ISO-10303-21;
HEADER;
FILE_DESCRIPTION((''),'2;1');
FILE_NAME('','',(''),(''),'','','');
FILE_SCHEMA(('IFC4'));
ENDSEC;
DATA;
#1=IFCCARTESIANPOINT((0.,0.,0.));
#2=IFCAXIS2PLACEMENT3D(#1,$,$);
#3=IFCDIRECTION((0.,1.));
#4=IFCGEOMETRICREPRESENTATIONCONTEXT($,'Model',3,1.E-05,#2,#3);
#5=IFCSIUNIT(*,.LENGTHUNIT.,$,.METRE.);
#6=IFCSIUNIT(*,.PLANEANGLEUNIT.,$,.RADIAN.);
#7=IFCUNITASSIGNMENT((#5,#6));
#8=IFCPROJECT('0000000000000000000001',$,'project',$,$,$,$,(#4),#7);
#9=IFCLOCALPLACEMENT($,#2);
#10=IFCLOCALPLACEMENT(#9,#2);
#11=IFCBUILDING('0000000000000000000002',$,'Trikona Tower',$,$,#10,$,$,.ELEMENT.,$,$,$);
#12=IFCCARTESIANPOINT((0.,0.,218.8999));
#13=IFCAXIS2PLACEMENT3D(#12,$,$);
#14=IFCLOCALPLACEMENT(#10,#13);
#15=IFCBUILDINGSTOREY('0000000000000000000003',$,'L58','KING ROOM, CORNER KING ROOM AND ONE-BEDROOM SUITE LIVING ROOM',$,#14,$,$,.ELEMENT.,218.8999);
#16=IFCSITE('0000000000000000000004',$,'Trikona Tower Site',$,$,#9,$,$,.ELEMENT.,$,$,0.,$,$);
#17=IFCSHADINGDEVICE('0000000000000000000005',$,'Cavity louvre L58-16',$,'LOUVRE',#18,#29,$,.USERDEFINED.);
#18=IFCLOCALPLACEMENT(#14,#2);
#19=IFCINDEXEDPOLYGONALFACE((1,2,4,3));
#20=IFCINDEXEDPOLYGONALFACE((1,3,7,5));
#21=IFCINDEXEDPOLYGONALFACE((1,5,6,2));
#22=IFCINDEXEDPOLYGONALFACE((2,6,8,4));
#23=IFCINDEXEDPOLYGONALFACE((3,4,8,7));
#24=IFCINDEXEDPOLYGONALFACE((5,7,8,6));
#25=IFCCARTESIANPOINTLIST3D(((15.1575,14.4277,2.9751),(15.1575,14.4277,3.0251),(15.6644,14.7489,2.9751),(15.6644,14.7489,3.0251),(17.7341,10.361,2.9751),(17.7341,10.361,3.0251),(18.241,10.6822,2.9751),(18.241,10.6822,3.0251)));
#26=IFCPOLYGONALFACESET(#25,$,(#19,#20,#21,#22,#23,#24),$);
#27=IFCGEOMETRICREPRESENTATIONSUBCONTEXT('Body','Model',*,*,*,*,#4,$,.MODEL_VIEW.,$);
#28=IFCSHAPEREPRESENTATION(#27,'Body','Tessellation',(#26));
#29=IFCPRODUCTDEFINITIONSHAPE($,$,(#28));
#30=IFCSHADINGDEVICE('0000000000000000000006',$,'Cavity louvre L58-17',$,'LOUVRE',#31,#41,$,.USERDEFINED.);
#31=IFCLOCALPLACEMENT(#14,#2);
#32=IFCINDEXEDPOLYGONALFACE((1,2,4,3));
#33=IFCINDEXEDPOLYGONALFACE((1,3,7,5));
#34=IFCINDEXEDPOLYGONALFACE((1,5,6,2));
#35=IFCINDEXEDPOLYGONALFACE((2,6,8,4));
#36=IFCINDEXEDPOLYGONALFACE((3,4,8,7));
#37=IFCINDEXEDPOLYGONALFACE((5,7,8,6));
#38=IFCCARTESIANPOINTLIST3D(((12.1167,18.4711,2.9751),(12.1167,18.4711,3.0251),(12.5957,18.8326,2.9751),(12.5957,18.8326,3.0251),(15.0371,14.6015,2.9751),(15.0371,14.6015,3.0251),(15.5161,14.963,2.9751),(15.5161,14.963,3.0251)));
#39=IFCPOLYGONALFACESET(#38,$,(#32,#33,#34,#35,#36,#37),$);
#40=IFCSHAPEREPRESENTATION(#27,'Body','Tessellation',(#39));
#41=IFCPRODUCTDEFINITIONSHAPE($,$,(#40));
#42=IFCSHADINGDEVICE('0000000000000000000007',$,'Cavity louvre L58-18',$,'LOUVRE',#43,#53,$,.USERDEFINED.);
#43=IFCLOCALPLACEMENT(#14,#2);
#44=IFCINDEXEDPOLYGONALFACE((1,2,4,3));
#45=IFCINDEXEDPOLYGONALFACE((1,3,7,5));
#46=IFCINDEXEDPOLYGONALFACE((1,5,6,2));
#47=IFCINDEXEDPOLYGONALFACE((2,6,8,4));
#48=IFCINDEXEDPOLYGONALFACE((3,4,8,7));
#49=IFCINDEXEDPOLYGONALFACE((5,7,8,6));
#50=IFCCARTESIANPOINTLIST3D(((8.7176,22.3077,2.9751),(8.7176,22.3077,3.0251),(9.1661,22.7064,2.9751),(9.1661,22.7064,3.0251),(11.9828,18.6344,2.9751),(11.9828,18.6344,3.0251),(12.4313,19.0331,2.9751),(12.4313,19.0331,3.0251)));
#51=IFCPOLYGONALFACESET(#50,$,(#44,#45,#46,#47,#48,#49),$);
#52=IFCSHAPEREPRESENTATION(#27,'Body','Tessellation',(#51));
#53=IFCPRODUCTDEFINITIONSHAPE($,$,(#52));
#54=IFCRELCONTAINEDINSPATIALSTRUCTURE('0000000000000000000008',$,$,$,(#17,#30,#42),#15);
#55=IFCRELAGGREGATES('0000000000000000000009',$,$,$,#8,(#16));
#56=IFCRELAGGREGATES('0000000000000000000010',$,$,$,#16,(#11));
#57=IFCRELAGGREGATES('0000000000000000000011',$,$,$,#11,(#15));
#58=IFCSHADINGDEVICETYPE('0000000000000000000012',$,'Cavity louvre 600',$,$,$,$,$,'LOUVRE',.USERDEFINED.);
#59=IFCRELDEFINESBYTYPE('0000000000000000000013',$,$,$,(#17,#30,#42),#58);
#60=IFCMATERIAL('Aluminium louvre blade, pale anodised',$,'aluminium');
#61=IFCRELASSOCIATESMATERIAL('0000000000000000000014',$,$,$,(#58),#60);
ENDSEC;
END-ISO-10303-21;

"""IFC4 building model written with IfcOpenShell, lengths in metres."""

from ifc_helpers import new_model, si_unit, direction, frame, origin, origin_2d, place, context, subcontext, project, spatial, rectangle, extrude, material, type_object, element, save


model = new_model("IFC4")

# Units and contexts
model_context = context("Model", 3, precision=1e-05, world=origin(), true_north=direction((0.0, 1.0)))
body_context = subcontext(model_context, "Body", "Model", "MODEL_VIEW")
ifc_project = project(units=[si_unit("LENGTHUNIT", "METRE"), si_unit("PLANEANGLEUNIT", "RADIAN")], contexts=[model_context])

# Site, building, storey
site_placement = place(None, origin())
site = spatial("IfcSite", under=ifc_project, at=site_placement, Name="Trikona Tower Site", CompositionType="ELEMENT", RefElevation=0.0)
building_placement = place(site_placement, origin())
building = spatial("IfcBuilding", under=site, at=building_placement, Name="Trikona Tower", CompositionType="ELEMENT")
storey_placement = place(building_placement, frame((0.0, 0.0, 218.8999)))
storey = spatial("IfcBuildingStorey", under=building, at=storey_placement, Name="L58", Description="KING ROOM, CORNER KING ROOM AND ONE-BEDROOM SUITE LIVING ROOM", CompositionType="ELEMENT", Elevation=218.8999)

# Shading devices
ifc_material_1 = material(Name="Aluminium louvre blade, pale anodised", Category="aluminium")
shading_device_type = type_object("IfcShadingDeviceType", Name="Cavity louvre 600", ElementType="LOUVRE", PredefinedType="USERDEFINED", material=ifc_material_1)
shading_device_1_placement = place(storey_placement, frame((16.6992, 12.5549, 2.9751), z_axis=(0.0, 0.0, 1.0), x_axis=(-0.535205, 0.844722, 0.0)))
element("IfcShadingDevice", 1, at=shading_device_1_placement, inside=storey, type_object=shading_device_type, Name="Cavity louvre L58-16", ObjectType="LOUVRE", PredefinedType="USERDEFINED", context=body_context, shape_type="SweptSolid", body=[
    extrude(rectangle(XDim=4.8142, YDim=0.6001, at=origin_2d()), origin(), (0.0, 0.0, 1.0), 0.05),
])
shading_device_2_placement = place(storey_placement, frame((13.8164, 16.717, 2.9751), z_axis=(0.0, 0.0, 1.0), x_axis=(-0.602402, 0.798193, 0.0)))
element("IfcShadingDevice", 2, at=shading_device_2_placement, inside=storey, type_object=shading_device_type, Name="Cavity louvre L58-17", ObjectType="LOUVRE", PredefinedType="USERDEFINED", context=body_context, shape_type="SweptSolid", body=[
    extrude(rectangle(XDim=4.8479, YDim=0.6001, at=origin_2d()), origin(), (0.0, 0.0, 1.0), 0.05),
])
shading_device_3_placement = place(storey_placement, frame((10.5745, 20.6704, 2.9751), z_axis=(0.0, 0.0, 1.0), x_axis=(-0.664367, 0.747406, 0.0)))
element("IfcShadingDevice", 3, at=shading_device_3_placement, inside=storey, type_object=shading_device_type, Name="Cavity louvre L58-18", ObjectType="LOUVRE", PredefinedType="USERDEFINED", context=body_context, shape_type="SweptSolid", body=[
    extrude(rectangle(XDim=4.9148, YDim=0.6001, at=origin_2d()), origin(), (0.0, 0.0, 1.0), 0.05),
])

save(model, "model.ifc")
